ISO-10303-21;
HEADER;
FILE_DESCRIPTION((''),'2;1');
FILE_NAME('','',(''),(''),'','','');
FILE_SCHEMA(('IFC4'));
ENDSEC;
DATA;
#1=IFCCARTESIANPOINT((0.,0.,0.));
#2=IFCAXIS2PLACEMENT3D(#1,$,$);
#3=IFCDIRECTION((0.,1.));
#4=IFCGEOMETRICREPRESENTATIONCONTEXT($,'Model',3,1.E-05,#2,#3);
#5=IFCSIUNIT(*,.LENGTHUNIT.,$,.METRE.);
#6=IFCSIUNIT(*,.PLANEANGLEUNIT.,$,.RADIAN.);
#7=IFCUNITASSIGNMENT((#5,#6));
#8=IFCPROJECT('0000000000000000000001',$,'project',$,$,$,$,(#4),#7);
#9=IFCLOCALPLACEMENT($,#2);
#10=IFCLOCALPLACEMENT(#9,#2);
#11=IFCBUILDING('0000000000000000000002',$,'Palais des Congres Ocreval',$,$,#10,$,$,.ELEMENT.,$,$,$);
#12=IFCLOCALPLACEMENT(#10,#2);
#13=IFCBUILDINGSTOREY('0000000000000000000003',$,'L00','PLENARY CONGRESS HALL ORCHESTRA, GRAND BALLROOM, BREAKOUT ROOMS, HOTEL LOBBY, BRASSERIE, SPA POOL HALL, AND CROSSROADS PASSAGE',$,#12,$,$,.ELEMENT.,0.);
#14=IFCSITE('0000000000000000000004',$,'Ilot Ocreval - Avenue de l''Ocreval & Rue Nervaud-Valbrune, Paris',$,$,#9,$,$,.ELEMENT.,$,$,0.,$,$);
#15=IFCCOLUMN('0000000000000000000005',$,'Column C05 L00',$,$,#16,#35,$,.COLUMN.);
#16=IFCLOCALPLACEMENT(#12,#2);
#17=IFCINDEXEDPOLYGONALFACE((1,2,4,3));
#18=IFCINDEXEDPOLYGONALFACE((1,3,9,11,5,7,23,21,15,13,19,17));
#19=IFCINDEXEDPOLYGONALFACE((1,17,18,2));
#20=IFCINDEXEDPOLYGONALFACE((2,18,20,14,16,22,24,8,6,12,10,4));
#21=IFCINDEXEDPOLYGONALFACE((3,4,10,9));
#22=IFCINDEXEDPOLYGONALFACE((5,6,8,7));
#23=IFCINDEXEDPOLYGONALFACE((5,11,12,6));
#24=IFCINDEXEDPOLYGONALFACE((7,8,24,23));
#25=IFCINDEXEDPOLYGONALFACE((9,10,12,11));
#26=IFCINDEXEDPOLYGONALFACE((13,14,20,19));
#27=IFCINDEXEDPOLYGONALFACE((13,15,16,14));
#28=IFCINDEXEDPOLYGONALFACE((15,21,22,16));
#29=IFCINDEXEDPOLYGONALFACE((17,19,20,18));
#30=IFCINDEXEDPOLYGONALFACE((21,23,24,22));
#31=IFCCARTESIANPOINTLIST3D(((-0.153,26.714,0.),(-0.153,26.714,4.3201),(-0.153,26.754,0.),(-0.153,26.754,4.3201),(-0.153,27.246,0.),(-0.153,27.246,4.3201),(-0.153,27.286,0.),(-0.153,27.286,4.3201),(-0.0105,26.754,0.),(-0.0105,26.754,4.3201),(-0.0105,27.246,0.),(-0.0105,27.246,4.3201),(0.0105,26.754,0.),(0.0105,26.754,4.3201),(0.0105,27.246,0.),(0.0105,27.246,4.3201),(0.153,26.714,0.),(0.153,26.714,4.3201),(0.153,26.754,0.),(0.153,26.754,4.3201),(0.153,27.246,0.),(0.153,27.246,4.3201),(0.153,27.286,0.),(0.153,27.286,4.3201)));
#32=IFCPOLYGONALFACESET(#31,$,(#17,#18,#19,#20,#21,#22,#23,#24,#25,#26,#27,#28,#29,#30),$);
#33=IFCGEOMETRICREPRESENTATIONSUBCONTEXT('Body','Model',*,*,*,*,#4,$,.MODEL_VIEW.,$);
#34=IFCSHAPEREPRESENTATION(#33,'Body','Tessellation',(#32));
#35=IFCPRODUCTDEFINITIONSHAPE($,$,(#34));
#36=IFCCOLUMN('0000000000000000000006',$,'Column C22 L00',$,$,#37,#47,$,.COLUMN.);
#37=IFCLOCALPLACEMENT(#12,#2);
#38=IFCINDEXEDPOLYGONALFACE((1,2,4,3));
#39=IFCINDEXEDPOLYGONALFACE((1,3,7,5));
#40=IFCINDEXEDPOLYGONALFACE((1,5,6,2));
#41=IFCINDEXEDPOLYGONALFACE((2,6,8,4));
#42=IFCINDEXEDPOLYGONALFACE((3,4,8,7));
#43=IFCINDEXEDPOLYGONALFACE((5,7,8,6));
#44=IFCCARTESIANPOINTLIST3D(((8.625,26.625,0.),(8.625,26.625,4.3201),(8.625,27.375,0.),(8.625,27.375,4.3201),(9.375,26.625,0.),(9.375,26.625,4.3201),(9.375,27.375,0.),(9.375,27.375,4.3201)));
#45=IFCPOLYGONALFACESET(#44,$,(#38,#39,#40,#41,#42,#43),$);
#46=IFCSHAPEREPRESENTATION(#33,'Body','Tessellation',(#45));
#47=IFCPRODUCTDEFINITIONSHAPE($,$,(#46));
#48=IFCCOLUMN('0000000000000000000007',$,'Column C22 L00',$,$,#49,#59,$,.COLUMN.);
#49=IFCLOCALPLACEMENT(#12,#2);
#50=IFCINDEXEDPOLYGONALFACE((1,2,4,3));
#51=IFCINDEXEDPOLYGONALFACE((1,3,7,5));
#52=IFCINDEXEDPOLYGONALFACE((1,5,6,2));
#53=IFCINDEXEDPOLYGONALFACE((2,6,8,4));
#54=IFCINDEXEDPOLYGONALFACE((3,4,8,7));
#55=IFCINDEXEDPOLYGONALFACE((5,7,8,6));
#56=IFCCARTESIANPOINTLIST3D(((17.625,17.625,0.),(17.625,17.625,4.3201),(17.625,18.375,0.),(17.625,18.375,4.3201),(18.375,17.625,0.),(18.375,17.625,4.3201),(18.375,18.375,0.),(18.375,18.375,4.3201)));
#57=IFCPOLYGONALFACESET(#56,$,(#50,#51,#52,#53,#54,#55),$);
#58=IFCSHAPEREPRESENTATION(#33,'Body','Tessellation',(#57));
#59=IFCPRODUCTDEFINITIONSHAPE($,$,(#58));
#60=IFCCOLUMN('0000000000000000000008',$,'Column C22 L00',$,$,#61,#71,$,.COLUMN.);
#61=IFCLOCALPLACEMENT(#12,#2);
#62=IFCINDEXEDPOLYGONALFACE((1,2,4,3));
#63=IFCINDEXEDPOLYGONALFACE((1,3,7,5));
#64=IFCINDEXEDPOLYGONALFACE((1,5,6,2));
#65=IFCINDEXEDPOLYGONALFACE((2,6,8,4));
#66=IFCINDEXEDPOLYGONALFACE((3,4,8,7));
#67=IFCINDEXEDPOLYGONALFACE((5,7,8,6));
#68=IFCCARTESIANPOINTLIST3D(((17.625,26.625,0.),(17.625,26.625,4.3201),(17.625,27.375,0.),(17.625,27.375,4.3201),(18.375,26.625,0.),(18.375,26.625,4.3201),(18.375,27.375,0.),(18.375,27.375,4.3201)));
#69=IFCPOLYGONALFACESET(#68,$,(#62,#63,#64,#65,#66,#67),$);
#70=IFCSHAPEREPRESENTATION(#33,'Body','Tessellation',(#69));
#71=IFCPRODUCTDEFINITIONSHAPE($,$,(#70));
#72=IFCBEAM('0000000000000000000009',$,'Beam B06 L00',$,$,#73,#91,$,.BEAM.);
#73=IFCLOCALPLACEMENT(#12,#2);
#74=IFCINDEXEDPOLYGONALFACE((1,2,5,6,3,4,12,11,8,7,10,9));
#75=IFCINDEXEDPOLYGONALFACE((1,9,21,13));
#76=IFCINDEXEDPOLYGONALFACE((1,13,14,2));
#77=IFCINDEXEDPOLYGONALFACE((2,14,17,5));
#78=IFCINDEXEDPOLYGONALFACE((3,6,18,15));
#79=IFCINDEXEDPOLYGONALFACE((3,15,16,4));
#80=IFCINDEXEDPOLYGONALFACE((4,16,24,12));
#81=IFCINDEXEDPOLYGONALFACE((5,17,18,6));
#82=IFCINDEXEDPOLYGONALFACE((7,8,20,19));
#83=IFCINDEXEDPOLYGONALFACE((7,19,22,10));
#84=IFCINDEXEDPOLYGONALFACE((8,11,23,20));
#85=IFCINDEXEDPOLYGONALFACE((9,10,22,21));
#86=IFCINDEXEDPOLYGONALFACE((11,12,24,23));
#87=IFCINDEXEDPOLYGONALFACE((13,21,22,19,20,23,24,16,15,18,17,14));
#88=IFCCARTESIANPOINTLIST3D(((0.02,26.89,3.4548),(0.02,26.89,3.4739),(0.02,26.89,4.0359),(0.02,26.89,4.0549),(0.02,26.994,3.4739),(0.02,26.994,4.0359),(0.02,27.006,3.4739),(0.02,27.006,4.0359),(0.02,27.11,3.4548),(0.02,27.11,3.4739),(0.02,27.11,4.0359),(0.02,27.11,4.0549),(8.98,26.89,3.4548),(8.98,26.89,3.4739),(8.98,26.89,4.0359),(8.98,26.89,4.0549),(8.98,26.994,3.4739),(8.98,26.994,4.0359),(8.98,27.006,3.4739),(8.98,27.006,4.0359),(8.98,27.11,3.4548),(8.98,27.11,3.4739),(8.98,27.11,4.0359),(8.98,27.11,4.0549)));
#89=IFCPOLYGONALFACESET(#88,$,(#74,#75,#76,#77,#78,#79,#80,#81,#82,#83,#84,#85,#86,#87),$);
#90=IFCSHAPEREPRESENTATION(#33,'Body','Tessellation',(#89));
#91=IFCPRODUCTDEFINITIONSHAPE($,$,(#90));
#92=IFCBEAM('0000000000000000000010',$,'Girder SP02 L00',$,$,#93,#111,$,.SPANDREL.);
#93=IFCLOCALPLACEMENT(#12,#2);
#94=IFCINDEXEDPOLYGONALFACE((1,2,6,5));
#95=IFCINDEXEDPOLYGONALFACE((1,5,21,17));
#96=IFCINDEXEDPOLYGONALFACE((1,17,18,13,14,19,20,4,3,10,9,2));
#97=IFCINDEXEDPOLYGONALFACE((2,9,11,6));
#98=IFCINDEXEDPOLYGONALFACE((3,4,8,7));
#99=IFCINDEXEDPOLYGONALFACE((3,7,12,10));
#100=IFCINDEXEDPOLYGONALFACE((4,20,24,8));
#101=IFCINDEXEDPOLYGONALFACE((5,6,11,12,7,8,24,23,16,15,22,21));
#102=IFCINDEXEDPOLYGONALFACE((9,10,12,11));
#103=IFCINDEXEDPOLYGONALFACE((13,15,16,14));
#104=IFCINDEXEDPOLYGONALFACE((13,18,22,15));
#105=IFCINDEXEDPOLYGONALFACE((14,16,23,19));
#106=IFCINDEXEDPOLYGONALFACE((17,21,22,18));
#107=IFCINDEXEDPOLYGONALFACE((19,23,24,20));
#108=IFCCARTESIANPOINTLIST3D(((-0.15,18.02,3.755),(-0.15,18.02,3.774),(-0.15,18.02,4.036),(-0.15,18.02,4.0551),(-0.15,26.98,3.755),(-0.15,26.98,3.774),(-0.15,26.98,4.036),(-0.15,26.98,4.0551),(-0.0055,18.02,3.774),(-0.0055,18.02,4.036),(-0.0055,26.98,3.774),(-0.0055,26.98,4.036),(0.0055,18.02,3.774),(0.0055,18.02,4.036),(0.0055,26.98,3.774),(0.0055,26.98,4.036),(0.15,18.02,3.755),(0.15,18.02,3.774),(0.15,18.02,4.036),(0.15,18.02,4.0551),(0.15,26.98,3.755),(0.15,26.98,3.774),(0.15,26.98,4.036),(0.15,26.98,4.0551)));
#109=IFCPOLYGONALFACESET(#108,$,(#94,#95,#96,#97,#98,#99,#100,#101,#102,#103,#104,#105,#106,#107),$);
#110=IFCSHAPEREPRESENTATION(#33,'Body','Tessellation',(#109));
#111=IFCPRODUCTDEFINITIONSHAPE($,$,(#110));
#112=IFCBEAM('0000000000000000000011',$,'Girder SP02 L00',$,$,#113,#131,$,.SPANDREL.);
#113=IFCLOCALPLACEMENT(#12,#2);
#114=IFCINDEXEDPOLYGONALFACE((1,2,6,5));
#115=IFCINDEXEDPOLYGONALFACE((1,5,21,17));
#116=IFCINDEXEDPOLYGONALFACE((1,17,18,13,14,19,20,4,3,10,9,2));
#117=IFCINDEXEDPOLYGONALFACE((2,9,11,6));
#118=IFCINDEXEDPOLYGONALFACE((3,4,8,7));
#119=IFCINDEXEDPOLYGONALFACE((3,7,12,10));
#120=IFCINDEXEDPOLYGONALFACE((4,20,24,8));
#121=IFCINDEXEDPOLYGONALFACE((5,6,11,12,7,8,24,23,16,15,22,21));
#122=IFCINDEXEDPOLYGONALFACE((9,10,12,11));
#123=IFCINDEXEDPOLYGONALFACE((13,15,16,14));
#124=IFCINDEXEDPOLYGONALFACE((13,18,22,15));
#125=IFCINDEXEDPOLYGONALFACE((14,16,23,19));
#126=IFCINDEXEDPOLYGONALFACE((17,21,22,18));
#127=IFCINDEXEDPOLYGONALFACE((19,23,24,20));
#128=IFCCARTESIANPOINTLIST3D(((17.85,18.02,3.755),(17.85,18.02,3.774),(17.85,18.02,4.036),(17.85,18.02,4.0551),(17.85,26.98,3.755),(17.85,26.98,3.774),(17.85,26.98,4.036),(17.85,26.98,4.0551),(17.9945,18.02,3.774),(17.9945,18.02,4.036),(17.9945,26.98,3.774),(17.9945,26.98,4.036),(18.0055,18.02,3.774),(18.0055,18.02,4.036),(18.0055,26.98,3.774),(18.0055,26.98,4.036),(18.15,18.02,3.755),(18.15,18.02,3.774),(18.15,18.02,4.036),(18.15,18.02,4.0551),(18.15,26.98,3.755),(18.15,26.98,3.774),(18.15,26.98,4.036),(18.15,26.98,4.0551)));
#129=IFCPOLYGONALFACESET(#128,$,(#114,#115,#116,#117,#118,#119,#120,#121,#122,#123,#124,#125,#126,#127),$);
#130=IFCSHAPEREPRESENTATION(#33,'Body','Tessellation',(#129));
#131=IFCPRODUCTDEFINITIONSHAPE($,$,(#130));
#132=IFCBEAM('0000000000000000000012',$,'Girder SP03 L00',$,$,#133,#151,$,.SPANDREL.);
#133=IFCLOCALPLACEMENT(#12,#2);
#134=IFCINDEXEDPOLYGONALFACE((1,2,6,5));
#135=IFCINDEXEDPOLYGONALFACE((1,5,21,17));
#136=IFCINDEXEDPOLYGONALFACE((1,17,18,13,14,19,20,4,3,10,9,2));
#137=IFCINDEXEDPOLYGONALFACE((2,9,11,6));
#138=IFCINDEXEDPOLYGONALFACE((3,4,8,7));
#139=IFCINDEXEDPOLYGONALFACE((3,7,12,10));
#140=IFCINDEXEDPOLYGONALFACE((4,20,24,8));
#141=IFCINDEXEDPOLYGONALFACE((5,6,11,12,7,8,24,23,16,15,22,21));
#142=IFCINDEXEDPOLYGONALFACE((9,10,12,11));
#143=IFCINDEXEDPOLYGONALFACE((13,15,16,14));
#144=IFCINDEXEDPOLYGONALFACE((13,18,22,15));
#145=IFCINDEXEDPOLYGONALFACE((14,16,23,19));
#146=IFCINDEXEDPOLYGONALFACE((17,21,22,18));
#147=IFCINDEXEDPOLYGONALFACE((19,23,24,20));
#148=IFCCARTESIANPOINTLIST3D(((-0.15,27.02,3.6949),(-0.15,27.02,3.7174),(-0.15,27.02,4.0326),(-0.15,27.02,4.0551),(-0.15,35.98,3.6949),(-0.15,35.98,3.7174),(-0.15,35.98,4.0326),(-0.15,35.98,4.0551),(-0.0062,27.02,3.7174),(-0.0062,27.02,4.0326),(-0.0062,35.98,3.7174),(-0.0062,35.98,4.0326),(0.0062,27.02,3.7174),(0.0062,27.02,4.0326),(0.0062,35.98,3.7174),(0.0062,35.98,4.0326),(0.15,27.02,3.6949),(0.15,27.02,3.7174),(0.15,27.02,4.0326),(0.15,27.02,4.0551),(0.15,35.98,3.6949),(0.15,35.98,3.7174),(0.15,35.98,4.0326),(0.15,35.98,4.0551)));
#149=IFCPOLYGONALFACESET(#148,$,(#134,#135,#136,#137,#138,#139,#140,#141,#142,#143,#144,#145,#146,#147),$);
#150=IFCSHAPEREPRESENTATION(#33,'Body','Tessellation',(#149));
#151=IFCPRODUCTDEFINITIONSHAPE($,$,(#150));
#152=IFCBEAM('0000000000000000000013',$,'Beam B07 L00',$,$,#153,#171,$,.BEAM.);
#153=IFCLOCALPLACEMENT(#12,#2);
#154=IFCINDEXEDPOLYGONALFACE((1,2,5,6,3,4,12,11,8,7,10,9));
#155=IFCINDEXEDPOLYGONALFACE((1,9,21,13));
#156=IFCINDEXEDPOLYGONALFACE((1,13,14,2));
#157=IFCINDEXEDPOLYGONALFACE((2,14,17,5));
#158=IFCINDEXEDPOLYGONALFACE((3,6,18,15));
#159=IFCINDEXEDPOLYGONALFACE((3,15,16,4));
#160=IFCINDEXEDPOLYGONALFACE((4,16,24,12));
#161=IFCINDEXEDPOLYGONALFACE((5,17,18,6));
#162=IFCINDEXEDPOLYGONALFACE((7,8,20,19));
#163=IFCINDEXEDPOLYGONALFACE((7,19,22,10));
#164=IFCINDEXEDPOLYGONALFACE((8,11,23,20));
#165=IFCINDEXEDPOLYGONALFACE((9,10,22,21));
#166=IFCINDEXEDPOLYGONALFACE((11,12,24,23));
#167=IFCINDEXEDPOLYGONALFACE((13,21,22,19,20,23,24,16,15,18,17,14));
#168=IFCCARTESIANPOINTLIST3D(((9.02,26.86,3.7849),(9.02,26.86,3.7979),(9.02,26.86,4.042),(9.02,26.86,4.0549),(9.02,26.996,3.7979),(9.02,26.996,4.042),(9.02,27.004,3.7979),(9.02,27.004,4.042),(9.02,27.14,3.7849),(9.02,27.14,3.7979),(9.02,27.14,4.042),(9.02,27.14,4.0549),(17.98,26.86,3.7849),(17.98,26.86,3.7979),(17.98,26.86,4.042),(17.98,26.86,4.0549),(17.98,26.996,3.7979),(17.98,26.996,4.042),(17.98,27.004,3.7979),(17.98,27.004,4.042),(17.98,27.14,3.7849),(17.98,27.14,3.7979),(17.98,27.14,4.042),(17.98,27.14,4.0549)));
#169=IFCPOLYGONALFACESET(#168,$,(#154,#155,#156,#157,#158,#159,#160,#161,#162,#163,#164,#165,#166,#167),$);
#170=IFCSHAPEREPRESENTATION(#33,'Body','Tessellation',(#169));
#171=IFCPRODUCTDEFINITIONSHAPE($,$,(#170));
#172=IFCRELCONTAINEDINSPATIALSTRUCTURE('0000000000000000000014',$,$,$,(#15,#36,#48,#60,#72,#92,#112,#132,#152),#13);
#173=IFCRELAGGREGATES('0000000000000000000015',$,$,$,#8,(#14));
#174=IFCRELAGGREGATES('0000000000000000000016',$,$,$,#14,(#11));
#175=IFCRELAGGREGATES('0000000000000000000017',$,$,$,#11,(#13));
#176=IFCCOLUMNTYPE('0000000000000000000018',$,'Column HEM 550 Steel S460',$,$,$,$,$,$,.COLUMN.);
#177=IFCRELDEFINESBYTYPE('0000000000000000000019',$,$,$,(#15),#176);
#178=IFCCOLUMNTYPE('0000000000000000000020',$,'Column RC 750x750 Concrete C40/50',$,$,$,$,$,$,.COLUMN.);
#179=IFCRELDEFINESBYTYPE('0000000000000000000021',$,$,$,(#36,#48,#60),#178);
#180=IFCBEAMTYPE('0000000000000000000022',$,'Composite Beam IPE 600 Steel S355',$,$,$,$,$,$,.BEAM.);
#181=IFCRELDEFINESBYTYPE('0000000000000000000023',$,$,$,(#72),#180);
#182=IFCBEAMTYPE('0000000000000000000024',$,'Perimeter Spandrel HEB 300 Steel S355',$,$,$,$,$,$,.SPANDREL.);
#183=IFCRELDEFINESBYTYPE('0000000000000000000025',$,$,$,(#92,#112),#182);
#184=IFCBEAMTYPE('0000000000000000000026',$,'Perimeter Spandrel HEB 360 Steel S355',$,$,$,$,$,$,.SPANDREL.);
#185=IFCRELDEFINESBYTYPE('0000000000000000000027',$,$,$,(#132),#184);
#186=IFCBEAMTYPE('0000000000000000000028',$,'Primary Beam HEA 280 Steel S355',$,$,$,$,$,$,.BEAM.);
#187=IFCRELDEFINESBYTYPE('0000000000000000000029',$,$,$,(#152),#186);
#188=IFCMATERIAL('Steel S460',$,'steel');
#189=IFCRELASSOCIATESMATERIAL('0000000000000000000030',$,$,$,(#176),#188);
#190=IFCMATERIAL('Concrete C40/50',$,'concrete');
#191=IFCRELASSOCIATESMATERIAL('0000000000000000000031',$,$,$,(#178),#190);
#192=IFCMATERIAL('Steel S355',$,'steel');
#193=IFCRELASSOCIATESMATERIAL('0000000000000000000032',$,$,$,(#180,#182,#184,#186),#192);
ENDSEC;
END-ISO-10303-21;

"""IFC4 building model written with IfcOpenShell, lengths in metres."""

from ifc_helpers import new_model, si_unit, direction, frame, origin, origin_2d, place, context, subcontext, project, spatial, rectangle, i_section, extrude, material, material_profile, profile_set, type_object, element, save


model = new_model("IFC4")

# Units and contexts
model_context = context("Model", 3, precision=1e-05, world=origin(), true_north=direction((0.0, 1.0)))
body_context = subcontext(model_context, "Body", "Model", "MODEL_VIEW")
ifc_project = project(units=[si_unit("LENGTHUNIT", "METRE"), si_unit("PLANEANGLEUNIT", "RADIAN")], contexts=[model_context])

# Site, building, storey
site_placement = place(None, origin())
site = spatial("IfcSite", under=ifc_project, at=site_placement, Name="Ilot Ocreval - Avenue de l'Ocreval & Rue Nervaud-Valbrune, Paris", CompositionType="ELEMENT", RefElevation=0.0)
building_placement = place(site_placement, origin())
building = spatial("IfcBuilding", under=site, at=building_placement, Name="Palais des Congres Ocreval", CompositionType="ELEMENT")
storey_placement = place(building_placement, origin())
storey = spatial("IfcBuildingStorey", under=building, at=storey_placement, Name="L00", Description="PLENARY CONGRESS HALL ORCHESTRA, GRAND BALLROOM, BREAKOUT ROOMS, HOTEL LOBBY, BRASSERIE, SPA POOL HALL, AND CROSSROADS PASSAGE", CompositionType="ELEMENT", Elevation=0.0)

# Columns
ifc_material_1 = material(Name="Steel S460", Category="steel")
ifc_material_profile_1 = material_profile(ifc_material_1, i_section(OverallWidth=0.3059, OverallDepth=0.572, WebThickness=0.021, FlangeThickness=0.04, at=origin_2d()), Name="HEM 550")
ifc_profile_set_1 = profile_set([ifc_material_profile_1], Name="Steel S460")
column_type_1 = type_object("IfcColumnType", Name="Column HEM 550 Steel S460", PredefinedType="COLUMN", material=ifc_profile_set_1)
column_placement = place(storey_placement, frame((0.0, 27.0, 0.0), z_axis=(0.0, 0.0, 1.0), x_axis=(1.0, 0.0, 0.0)))
element("IfcColumn", 1, at=column_placement, inside=storey, type_object=column_type_1, Name="Column C05 L00", PredefinedType="COLUMN", context=body_context, shape_type="SweptSolid", body=[
    extrude(i_section(OverallWidth=0.3059, OverallDepth=0.572, WebThickness=0.021, FlangeThickness=0.04, at=origin_2d()), origin(), (0.0, 0.0, 1.0), 4.3201),
])
ifc_material_2 = material(Name="Concrete C40/50", Category="concrete")
ifc_material_profile_2 = material_profile(ifc_material_2, rectangle(XDim=0.75, YDim=0.75, at=origin_2d()), Name="RC 750x750")
ifc_profile_set_2 = profile_set([ifc_material_profile_2], Name="Concrete C40/50")
column_type_2 = type_object("IfcColumnType", Name="Column RC 750x750 Concrete C40/50", PredefinedType="COLUMN", material=ifc_profile_set_2)
for number, where, z_axis, x_axis, name in (
    (2, (9.0, 27.0, 0.0), (0.0, 0.0, 1.0), (1.0, 0.0, 0.0), "Column C22 L00"),
    (3, (18.0, 18.0, 0.0), (0.0, 0.0, 1.0), (1.0, 0.0, 0.0), "Column C22 L00"),
    (4, (18.0, 27.0, 0.0), (0.0, 0.0, 1.0), (1.0, 0.0, 0.0), "Column C22 L00"),
):
    element("IfcColumn", number, at=place(storey_placement, frame(where, z_axis=z_axis, x_axis=x_axis)), inside=storey, type_object=column_type_2, Name=name, PredefinedType="COLUMN", context=body_context, shape_type="SweptSolid", body=[
        extrude(rectangle(XDim=0.75, YDim=0.75, at=origin_2d()), origin(), (0.0, 0.0, 1.0), 4.3201),
    ])

# Beams
ifc_material_3 = material(Name="Steel S355", Category="steel")
ifc_material_profile_3 = material_profile(ifc_material_3, i_section(OverallWidth=0.22, OverallDepth=0.6001, WebThickness=0.012, FlangeThickness=0.019, at=origin_2d()), Name="IPE 600")
ifc_profile_set_3 = profile_set([ifc_material_profile_3], Name="Steel S355")
beam_type_1 = type_object("IfcBeamType", Name="Composite Beam IPE 600 Steel S355", PredefinedType="BEAM", material=ifc_profile_set_3)
beam_1_placement = place(storey_placement, frame((0.02, 27.0, 3.7549), z_axis=(1.0, 0.0, 0.0), x_axis=(0.0, 1.0, 0.0)))
element("IfcBeam", 5, at=beam_1_placement, inside=storey, type_object=beam_type_1, Name="Beam B06 L00", PredefinedType="BEAM", context=body_context, shape_type="SweptSolid", body=[
    extrude(i_section(OverallWidth=0.22, OverallDepth=0.6001, WebThickness=0.012, FlangeThickness=0.019, at=origin_2d()), origin(), (0.0, 0.0, 1.0), 8.96),
])
ifc_material_profile_4 = material_profile(ifc_material_3, i_section(OverallWidth=0.3, OverallDepth=0.3, WebThickness=0.011, FlangeThickness=0.019, at=origin_2d()), Name="HEB 300")
ifc_profile_set_4 = profile_set([ifc_material_profile_4], Name="Steel S355")
beam_type_2 = type_object("IfcBeamType", Name="Perimeter Spandrel HEB 300 Steel S355", PredefinedType="SPANDREL", material=ifc_profile_set_4)
for number, where, z_axis, x_axis, name in (
    (6, (0.0, 18.02, 3.905), (0.0, 1.0, 0.0), (-1.0, 0.0, 0.0), "Girder SP02 L00"),
    (7, (18.0, 18.02, 3.905), (0.0, 1.0, 0.0), (-1.0, 0.0, 0.0), "Girder SP02 L00"),
):
    element("IfcBeam", number, at=place(storey_placement, frame(where, z_axis=z_axis, x_axis=x_axis)), inside=storey, type_object=beam_type_2, Name=name, PredefinedType="SPANDREL", context=body_context, shape_type="SweptSolid", body=[
        extrude(i_section(OverallWidth=0.3, OverallDepth=0.3, WebThickness=0.011, FlangeThickness=0.019, at=origin_2d()), origin(), (0.0, 0.0, 1.0), 8.96),
    ])
ifc_material_profile_5 = material_profile(ifc_material_3, i_section(OverallWidth=0.3, OverallDepth=0.3601, WebThickness=0.0125, FlangeThickness=0.0225, at=origin_2d()), Name="HEB 360")
ifc_profile_set_5 = profile_set([ifc_material_profile_5], Name="Steel S355")
beam_type_3 = type_object("IfcBeamType", Name="Perimeter Spandrel HEB 360 Steel S355", PredefinedType="SPANDREL", material=ifc_profile_set_5)
beam_2_placement = place(storey_placement, frame((0.0, 27.02, 3.875), z_axis=(0.0, 1.0, 0.0), x_axis=(-1.0, 0.0, 0.0)))
element("IfcBeam", 8, at=beam_2_placement, inside=storey, type_object=beam_type_3, Name="Girder SP03 L00", PredefinedType="SPANDREL", context=body_context, shape_type="SweptSolid", body=[
    extrude(i_section(OverallWidth=0.3, OverallDepth=0.3601, WebThickness=0.0125, FlangeThickness=0.0225, at=origin_2d()), origin(), (0.0, 0.0, 1.0), 8.96),
])
ifc_material_profile_6 = material_profile(ifc_material_3, i_section(OverallWidth=0.28, OverallDepth=0.27, WebThickness=0.0081, FlangeThickness=0.0129, at=origin_2d()), Name="HEA 280")
ifc_profile_set_6 = profile_set([ifc_material_profile_6], Name="Steel S355")
beam_type_4 = type_object("IfcBeamType", Name="Primary Beam HEA 280 Steel S355", PredefinedType="BEAM", material=ifc_profile_set_6)
beam_3_placement = place(storey_placement, frame((9.02, 27.0, 3.9199), z_axis=(1.0, 0.0, 0.0), x_axis=(0.0, 1.0, 0.0)))
element("IfcBeam", 9, at=beam_3_placement, inside=storey, type_object=beam_type_4, Name="Beam B07 L00", PredefinedType="BEAM", context=body_context, shape_type="SweptSolid", body=[
    extrude(i_section(OverallWidth=0.28, OverallDepth=0.27, WebThickness=0.0081, FlangeThickness=0.0129, at=origin_2d()), origin(), (0.0, 0.0, 1.0), 8.96),
])

save(model, "model.ifc")
